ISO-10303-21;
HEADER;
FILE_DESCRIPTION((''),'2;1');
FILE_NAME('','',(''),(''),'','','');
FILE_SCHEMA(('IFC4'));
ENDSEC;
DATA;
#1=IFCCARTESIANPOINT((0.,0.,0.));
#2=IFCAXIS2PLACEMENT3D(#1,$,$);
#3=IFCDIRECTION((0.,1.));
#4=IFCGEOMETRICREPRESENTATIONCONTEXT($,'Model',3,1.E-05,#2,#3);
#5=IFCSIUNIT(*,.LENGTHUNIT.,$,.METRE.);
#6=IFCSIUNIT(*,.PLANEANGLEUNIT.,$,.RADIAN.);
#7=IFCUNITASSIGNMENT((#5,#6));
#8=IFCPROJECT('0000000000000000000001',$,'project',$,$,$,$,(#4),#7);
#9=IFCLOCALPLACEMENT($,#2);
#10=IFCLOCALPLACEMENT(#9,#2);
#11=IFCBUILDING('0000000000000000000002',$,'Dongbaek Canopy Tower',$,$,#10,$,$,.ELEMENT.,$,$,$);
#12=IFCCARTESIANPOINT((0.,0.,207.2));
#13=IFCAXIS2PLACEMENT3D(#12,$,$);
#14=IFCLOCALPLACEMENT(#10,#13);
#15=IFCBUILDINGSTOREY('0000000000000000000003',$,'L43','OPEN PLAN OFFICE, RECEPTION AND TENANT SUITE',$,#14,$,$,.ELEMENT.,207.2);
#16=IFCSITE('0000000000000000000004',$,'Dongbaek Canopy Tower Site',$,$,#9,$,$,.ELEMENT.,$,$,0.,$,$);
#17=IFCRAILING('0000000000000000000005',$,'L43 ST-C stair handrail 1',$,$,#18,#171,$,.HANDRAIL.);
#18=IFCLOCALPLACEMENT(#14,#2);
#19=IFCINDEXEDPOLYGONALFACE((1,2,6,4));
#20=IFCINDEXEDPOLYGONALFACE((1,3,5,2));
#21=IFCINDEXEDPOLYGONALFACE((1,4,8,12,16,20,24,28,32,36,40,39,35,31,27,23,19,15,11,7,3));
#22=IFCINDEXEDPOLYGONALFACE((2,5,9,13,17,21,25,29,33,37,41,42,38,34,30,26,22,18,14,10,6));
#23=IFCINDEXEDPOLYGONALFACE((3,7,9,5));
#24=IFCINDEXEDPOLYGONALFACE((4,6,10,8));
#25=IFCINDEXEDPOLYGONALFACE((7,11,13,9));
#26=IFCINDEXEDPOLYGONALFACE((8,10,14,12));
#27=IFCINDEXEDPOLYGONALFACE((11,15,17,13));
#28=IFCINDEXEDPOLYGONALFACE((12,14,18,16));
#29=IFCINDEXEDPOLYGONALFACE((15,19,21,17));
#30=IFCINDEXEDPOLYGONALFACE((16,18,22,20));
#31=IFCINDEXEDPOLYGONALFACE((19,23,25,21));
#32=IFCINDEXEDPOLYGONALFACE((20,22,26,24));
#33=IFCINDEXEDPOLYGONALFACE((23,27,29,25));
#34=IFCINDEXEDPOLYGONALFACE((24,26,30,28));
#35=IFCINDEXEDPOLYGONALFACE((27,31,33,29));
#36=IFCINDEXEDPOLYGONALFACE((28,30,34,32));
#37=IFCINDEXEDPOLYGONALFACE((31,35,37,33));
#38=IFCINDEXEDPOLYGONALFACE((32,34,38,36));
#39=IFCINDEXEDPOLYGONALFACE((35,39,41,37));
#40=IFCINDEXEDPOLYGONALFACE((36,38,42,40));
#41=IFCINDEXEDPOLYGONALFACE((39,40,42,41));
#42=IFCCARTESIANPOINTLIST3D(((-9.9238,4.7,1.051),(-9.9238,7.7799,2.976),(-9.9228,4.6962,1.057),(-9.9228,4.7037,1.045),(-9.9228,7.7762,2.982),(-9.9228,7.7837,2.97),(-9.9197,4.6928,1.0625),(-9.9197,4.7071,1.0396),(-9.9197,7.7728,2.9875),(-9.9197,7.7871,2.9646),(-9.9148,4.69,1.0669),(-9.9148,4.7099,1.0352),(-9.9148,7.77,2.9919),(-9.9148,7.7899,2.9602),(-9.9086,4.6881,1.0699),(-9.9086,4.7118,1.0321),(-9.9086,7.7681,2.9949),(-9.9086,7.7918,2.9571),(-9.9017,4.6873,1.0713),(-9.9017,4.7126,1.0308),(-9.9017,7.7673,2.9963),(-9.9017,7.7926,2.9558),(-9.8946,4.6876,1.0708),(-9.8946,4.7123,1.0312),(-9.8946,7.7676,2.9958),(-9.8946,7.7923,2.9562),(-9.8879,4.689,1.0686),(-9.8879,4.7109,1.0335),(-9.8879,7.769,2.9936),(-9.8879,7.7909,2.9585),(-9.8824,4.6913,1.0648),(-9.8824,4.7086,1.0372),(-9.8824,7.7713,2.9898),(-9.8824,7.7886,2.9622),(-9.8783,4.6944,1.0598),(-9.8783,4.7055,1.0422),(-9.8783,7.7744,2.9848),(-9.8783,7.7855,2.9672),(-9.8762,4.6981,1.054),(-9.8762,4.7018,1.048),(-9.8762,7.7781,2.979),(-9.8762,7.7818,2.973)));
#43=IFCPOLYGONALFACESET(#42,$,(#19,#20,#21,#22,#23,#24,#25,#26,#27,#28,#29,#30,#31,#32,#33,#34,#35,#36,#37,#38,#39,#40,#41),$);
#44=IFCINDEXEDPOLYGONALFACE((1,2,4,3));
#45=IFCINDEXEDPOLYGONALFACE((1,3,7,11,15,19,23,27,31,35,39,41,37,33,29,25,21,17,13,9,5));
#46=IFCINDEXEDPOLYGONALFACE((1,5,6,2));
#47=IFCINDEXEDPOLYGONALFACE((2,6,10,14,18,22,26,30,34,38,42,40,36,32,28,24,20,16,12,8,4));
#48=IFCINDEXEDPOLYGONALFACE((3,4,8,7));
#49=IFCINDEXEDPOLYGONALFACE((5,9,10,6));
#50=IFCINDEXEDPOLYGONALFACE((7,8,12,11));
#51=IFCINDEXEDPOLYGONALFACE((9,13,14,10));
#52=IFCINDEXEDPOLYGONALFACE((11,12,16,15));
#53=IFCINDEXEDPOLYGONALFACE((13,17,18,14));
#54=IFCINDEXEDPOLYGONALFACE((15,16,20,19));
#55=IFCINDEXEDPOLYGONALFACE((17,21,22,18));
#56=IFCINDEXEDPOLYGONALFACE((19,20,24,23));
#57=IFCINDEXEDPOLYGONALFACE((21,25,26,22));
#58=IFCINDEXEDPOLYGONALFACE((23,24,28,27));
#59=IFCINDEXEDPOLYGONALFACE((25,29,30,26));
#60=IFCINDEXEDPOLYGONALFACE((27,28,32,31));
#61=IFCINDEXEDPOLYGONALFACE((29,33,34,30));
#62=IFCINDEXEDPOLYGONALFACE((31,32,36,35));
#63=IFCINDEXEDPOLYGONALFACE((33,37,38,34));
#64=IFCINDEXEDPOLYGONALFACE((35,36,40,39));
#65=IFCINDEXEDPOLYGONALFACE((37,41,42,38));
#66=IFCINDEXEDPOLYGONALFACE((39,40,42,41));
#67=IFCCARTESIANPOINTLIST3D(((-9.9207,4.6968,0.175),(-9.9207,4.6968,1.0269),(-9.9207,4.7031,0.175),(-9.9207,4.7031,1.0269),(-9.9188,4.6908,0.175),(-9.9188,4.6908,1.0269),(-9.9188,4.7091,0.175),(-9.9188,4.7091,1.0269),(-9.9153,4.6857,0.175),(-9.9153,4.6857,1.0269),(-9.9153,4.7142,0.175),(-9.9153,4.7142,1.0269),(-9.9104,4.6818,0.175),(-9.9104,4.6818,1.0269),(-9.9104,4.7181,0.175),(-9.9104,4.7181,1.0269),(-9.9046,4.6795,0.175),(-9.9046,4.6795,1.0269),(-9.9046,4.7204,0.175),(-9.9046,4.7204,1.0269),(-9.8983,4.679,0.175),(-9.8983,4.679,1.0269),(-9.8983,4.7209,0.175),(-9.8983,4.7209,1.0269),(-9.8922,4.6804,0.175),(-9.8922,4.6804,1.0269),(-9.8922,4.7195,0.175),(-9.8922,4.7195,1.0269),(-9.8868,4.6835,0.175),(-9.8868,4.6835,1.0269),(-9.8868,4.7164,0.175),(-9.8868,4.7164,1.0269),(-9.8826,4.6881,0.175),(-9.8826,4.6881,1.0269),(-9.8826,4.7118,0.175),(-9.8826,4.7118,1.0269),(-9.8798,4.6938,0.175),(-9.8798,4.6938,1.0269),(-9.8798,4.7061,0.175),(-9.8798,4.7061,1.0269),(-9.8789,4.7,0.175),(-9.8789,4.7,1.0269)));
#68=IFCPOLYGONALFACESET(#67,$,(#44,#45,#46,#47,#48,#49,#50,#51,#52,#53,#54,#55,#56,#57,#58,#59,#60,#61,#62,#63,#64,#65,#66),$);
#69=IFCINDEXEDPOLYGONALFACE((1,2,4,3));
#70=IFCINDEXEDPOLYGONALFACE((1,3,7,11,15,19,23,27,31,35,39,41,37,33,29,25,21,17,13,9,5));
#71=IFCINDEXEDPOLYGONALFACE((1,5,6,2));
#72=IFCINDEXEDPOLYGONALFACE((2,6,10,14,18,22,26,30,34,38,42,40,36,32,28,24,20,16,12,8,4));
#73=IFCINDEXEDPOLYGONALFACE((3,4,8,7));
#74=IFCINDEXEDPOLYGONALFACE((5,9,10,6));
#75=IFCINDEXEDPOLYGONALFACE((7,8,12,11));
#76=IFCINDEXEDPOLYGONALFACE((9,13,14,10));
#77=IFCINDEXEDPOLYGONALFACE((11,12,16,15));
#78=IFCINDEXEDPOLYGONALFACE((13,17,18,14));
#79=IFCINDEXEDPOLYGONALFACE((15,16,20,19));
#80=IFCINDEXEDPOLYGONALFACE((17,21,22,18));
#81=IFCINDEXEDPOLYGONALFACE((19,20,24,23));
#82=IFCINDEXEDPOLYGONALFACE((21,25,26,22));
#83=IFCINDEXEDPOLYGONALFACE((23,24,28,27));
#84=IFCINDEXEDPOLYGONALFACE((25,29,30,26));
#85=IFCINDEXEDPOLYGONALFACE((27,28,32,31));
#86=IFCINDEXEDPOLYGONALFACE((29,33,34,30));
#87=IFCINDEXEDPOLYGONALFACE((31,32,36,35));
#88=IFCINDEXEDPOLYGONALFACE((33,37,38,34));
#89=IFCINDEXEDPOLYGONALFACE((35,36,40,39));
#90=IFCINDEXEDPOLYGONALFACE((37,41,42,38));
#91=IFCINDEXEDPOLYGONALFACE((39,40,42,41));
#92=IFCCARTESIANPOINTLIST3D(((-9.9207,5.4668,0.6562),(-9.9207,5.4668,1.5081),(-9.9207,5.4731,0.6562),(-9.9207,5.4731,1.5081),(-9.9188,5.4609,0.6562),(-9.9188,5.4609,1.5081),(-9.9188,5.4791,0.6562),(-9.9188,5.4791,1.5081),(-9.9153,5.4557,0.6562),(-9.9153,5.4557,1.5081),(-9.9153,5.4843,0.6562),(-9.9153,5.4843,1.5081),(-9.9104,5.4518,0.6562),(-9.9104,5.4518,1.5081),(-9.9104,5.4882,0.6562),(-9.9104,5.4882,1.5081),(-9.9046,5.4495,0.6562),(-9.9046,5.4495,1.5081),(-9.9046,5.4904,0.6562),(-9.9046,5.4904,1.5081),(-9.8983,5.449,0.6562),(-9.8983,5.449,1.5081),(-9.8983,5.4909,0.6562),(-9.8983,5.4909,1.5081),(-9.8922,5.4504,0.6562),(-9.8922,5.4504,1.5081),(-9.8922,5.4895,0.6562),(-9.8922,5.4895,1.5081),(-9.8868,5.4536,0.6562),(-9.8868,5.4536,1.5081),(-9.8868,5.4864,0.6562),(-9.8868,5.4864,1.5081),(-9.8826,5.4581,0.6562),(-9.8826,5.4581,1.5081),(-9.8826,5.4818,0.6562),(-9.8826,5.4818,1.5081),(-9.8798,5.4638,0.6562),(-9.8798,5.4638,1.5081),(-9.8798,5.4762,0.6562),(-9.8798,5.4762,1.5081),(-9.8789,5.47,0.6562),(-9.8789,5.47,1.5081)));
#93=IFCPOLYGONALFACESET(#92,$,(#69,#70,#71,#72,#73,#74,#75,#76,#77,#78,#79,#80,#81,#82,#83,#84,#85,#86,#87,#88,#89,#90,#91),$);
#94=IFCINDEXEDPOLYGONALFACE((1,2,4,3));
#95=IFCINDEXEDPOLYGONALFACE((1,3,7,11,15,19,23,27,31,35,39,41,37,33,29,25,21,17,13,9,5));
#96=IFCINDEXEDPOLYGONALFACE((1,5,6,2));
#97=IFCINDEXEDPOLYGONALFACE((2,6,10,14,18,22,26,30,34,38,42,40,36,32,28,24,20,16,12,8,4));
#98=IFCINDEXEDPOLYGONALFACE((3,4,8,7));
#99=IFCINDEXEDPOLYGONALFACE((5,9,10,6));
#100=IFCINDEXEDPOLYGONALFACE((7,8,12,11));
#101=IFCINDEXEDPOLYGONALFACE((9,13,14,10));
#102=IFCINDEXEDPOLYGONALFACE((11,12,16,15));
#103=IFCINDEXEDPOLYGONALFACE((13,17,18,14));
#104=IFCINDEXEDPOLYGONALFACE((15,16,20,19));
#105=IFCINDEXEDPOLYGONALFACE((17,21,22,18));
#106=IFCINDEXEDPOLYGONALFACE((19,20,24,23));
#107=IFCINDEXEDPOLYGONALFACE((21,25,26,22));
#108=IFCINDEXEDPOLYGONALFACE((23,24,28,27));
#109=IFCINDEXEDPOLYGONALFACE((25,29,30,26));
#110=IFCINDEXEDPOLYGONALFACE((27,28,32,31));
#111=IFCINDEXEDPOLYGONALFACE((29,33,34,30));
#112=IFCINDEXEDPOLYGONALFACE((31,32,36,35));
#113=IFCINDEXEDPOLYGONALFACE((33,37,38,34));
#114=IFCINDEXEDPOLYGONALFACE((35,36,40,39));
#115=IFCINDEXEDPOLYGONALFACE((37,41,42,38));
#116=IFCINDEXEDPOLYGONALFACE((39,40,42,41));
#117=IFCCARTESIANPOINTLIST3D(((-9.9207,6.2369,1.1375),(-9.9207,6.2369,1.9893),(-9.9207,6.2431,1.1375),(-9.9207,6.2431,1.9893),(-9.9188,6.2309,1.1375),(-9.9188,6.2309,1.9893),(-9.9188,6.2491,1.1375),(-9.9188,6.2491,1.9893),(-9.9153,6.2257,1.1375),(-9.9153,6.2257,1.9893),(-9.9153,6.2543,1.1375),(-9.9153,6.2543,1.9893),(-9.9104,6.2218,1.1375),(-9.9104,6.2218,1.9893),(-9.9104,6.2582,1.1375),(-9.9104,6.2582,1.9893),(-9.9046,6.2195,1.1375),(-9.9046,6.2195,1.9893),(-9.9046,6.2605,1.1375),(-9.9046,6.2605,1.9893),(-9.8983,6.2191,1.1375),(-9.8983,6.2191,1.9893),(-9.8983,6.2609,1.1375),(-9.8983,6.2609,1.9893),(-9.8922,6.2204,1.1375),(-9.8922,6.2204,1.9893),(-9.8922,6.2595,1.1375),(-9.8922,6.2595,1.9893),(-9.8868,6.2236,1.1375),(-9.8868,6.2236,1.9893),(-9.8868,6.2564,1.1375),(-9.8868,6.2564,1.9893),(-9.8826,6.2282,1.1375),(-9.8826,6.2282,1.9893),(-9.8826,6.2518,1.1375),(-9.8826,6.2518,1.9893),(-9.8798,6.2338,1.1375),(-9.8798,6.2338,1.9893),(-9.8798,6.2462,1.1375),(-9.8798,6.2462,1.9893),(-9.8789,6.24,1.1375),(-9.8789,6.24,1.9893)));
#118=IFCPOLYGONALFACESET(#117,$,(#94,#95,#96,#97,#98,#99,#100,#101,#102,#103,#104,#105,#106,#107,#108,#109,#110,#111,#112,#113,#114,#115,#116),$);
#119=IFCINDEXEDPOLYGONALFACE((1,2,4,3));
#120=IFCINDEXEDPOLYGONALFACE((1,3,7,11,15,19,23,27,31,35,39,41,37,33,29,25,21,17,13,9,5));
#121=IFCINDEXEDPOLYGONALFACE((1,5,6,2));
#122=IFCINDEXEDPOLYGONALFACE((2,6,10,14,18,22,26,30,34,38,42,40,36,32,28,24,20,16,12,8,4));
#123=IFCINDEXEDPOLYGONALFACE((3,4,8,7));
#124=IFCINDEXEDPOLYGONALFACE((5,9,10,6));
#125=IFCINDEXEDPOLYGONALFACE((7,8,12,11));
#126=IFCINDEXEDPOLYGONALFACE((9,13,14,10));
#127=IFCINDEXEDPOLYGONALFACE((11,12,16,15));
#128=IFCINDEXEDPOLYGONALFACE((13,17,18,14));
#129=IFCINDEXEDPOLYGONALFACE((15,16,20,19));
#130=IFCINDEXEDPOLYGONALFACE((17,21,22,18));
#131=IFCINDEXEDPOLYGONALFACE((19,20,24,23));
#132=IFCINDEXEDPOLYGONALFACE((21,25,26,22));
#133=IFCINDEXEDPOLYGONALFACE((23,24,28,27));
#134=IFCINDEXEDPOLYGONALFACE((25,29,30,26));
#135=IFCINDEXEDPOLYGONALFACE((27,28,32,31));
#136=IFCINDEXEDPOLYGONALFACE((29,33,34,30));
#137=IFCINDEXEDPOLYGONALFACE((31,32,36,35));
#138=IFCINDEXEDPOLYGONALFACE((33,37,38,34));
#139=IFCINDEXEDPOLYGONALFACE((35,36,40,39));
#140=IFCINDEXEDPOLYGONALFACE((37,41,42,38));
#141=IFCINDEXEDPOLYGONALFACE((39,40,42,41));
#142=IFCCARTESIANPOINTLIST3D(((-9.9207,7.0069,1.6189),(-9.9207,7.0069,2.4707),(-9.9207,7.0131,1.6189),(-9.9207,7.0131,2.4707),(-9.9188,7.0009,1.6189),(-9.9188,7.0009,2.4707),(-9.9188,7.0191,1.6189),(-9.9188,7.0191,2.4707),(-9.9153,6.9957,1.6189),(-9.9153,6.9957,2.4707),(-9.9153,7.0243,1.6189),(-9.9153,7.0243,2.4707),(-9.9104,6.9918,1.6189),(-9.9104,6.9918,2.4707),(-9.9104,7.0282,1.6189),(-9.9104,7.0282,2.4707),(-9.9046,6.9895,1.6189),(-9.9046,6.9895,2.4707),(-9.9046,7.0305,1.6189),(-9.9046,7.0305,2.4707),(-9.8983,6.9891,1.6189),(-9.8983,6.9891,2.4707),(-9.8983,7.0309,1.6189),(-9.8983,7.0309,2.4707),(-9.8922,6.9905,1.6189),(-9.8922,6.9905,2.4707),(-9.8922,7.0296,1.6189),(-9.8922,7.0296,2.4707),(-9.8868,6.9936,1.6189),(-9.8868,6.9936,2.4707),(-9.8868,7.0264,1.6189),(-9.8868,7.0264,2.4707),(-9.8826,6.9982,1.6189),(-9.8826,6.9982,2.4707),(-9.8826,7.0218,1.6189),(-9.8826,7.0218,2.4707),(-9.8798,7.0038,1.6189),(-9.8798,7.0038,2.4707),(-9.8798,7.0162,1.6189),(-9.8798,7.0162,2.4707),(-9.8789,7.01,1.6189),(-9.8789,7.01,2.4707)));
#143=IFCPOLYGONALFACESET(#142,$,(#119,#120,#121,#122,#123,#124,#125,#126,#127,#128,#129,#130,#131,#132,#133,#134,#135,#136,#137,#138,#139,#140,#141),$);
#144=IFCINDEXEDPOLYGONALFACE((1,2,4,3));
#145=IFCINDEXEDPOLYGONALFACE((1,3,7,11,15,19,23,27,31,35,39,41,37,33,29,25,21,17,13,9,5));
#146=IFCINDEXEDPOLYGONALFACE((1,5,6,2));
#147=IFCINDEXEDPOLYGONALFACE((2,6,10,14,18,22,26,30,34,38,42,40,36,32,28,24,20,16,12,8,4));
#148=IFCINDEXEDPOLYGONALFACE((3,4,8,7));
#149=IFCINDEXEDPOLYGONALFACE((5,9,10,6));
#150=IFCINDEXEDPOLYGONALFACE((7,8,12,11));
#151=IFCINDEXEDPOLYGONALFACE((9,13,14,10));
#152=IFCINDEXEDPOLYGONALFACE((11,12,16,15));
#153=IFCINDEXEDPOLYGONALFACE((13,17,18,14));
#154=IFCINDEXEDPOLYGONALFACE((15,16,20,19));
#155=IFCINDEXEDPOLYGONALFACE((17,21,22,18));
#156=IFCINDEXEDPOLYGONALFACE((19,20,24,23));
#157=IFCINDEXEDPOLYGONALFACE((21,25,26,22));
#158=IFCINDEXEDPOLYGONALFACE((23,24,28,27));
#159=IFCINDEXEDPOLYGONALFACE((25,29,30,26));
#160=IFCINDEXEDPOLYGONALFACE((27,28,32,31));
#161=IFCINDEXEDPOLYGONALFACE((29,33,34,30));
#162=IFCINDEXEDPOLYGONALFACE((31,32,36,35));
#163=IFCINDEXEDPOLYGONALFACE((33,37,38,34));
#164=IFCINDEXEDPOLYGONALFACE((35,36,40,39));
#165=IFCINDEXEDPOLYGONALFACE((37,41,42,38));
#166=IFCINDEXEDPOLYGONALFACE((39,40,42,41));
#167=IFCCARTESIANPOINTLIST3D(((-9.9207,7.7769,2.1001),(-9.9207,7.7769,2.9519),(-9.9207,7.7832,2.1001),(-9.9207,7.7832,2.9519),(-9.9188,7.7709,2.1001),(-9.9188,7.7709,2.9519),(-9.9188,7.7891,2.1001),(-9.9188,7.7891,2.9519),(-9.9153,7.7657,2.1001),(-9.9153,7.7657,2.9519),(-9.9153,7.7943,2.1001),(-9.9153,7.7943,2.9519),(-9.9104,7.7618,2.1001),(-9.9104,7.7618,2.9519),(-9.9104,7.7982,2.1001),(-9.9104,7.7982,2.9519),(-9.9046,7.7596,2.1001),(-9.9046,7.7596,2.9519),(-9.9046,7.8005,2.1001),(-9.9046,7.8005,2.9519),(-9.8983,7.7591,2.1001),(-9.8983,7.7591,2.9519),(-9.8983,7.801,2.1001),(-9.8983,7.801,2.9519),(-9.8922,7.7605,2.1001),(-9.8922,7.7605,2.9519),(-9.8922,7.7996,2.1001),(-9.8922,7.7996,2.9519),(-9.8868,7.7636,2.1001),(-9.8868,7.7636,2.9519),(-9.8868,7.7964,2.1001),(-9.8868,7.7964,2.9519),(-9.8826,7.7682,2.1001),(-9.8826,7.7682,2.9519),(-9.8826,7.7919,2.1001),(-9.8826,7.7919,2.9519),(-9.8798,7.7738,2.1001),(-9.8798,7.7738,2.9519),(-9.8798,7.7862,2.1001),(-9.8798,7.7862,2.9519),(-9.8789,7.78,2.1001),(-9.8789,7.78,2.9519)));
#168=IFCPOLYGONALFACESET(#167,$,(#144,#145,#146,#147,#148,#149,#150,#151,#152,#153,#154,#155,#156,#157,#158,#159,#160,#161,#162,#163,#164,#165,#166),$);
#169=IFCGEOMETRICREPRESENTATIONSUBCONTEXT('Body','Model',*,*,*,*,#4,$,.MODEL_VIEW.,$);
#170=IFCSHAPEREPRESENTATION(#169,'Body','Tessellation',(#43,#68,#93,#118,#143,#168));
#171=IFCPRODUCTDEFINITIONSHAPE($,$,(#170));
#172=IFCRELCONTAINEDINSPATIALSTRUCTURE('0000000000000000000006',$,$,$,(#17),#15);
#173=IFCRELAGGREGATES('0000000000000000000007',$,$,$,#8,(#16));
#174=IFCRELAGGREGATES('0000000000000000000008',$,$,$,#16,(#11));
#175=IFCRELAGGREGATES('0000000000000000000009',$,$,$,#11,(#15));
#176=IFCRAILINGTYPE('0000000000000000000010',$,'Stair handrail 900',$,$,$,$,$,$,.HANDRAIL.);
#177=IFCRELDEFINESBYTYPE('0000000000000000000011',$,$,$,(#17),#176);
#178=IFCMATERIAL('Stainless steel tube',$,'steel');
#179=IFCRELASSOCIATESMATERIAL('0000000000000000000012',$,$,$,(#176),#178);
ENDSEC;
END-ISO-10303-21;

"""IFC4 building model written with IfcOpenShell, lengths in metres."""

from ifc_helpers import new_model, si_unit, direction, frame, origin, origin_2d, place, context, subcontext, project, spatial, circle, extrude, material, type_object, element, save


model = new_model("IFC4")

# Units and contexts
model_context = context("Model", 3, precision=1e-05, world=origin(), true_north=direction((0.0, 1.0)))
body_context = subcontext(model_context, "Body", "Model", "MODEL_VIEW")
ifc_project = project(units=[si_unit("LENGTHUNIT", "METRE"), si_unit("PLANEANGLEUNIT", "RADIAN")], contexts=[model_context])

# Site, building, storey
site_placement = place(None, origin())
site = spatial("IfcSite", under=ifc_project, at=site_placement, Name="Dongbaek Canopy Tower Site", CompositionType="ELEMENT", RefElevation=0.0)
building_placement = place(site_placement, origin())
building = spatial("IfcBuilding", under=site, at=building_placement, Name="Dongbaek Canopy Tower", CompositionType="ELEMENT")
storey_placement = place(building_placement, frame((0.0, 0.0, 207.2)))
storey = spatial("IfcBuildingStorey", under=building, at=storey_placement, Name="L43", Description="OPEN PLAN OFFICE, RECEPTION AND TENANT SUITE", CompositionType="ELEMENT", Elevation=207.2)

# Railing
ifc_material_1 = material(Name="Stainless steel tube", Category="steel")
railing_type_1 = type_object("IfcRailingType", Name="Stair handrail 900", PredefinedType="HANDRAIL", material=ifc_material_1)
railing_1_placement = place(storey_placement, frame((-9.8999, 4.7, 0.175)))
element("IfcRailing", 1, at=railing_1_placement, inside=storey, type_object=railing_type_1, Name="L43 ST-C stair handrail 1", PredefinedType="HANDRAIL", context=body_context, shape_type="SweptSolid", body=[
    extrude(circle(Radius=0.0239, at=origin_2d()), frame((0.0, 0.0, 0.876), z_axis=(0.0, 0.847998, 0.529999), x_axis=(-1.0, 0.0, 0.0)), (0.0, 0.0, 1.0), 3.6321),
    extrude(circle(Radius=0.021, at=origin_2d()), origin(), (0.0, 0.0, 1.0), 0.8518),
    extrude(circle(Radius=0.021, at=origin_2d()), frame((0.0, 0.77, 0.4812)), (0.0, 0.0, 1.0), 0.8518),
    extrude(circle(Radius=0.021, at=origin_2d()), frame((0.0, 1.54, 0.9624)), (0.0, 0.0, 1.0), 0.8518),
    extrude(circle(Radius=0.021, at=origin_2d()), frame((0.0, 2.3101, 1.4438)), (0.0, 0.0, 1.0), 0.8518),
    extrude(circle(Radius=0.021, at=origin_2d()), frame((0.0, 3.0801, 1.925)), (0.0, 0.0, 1.0), 0.8518),
])

save(model, "model.ifc")
